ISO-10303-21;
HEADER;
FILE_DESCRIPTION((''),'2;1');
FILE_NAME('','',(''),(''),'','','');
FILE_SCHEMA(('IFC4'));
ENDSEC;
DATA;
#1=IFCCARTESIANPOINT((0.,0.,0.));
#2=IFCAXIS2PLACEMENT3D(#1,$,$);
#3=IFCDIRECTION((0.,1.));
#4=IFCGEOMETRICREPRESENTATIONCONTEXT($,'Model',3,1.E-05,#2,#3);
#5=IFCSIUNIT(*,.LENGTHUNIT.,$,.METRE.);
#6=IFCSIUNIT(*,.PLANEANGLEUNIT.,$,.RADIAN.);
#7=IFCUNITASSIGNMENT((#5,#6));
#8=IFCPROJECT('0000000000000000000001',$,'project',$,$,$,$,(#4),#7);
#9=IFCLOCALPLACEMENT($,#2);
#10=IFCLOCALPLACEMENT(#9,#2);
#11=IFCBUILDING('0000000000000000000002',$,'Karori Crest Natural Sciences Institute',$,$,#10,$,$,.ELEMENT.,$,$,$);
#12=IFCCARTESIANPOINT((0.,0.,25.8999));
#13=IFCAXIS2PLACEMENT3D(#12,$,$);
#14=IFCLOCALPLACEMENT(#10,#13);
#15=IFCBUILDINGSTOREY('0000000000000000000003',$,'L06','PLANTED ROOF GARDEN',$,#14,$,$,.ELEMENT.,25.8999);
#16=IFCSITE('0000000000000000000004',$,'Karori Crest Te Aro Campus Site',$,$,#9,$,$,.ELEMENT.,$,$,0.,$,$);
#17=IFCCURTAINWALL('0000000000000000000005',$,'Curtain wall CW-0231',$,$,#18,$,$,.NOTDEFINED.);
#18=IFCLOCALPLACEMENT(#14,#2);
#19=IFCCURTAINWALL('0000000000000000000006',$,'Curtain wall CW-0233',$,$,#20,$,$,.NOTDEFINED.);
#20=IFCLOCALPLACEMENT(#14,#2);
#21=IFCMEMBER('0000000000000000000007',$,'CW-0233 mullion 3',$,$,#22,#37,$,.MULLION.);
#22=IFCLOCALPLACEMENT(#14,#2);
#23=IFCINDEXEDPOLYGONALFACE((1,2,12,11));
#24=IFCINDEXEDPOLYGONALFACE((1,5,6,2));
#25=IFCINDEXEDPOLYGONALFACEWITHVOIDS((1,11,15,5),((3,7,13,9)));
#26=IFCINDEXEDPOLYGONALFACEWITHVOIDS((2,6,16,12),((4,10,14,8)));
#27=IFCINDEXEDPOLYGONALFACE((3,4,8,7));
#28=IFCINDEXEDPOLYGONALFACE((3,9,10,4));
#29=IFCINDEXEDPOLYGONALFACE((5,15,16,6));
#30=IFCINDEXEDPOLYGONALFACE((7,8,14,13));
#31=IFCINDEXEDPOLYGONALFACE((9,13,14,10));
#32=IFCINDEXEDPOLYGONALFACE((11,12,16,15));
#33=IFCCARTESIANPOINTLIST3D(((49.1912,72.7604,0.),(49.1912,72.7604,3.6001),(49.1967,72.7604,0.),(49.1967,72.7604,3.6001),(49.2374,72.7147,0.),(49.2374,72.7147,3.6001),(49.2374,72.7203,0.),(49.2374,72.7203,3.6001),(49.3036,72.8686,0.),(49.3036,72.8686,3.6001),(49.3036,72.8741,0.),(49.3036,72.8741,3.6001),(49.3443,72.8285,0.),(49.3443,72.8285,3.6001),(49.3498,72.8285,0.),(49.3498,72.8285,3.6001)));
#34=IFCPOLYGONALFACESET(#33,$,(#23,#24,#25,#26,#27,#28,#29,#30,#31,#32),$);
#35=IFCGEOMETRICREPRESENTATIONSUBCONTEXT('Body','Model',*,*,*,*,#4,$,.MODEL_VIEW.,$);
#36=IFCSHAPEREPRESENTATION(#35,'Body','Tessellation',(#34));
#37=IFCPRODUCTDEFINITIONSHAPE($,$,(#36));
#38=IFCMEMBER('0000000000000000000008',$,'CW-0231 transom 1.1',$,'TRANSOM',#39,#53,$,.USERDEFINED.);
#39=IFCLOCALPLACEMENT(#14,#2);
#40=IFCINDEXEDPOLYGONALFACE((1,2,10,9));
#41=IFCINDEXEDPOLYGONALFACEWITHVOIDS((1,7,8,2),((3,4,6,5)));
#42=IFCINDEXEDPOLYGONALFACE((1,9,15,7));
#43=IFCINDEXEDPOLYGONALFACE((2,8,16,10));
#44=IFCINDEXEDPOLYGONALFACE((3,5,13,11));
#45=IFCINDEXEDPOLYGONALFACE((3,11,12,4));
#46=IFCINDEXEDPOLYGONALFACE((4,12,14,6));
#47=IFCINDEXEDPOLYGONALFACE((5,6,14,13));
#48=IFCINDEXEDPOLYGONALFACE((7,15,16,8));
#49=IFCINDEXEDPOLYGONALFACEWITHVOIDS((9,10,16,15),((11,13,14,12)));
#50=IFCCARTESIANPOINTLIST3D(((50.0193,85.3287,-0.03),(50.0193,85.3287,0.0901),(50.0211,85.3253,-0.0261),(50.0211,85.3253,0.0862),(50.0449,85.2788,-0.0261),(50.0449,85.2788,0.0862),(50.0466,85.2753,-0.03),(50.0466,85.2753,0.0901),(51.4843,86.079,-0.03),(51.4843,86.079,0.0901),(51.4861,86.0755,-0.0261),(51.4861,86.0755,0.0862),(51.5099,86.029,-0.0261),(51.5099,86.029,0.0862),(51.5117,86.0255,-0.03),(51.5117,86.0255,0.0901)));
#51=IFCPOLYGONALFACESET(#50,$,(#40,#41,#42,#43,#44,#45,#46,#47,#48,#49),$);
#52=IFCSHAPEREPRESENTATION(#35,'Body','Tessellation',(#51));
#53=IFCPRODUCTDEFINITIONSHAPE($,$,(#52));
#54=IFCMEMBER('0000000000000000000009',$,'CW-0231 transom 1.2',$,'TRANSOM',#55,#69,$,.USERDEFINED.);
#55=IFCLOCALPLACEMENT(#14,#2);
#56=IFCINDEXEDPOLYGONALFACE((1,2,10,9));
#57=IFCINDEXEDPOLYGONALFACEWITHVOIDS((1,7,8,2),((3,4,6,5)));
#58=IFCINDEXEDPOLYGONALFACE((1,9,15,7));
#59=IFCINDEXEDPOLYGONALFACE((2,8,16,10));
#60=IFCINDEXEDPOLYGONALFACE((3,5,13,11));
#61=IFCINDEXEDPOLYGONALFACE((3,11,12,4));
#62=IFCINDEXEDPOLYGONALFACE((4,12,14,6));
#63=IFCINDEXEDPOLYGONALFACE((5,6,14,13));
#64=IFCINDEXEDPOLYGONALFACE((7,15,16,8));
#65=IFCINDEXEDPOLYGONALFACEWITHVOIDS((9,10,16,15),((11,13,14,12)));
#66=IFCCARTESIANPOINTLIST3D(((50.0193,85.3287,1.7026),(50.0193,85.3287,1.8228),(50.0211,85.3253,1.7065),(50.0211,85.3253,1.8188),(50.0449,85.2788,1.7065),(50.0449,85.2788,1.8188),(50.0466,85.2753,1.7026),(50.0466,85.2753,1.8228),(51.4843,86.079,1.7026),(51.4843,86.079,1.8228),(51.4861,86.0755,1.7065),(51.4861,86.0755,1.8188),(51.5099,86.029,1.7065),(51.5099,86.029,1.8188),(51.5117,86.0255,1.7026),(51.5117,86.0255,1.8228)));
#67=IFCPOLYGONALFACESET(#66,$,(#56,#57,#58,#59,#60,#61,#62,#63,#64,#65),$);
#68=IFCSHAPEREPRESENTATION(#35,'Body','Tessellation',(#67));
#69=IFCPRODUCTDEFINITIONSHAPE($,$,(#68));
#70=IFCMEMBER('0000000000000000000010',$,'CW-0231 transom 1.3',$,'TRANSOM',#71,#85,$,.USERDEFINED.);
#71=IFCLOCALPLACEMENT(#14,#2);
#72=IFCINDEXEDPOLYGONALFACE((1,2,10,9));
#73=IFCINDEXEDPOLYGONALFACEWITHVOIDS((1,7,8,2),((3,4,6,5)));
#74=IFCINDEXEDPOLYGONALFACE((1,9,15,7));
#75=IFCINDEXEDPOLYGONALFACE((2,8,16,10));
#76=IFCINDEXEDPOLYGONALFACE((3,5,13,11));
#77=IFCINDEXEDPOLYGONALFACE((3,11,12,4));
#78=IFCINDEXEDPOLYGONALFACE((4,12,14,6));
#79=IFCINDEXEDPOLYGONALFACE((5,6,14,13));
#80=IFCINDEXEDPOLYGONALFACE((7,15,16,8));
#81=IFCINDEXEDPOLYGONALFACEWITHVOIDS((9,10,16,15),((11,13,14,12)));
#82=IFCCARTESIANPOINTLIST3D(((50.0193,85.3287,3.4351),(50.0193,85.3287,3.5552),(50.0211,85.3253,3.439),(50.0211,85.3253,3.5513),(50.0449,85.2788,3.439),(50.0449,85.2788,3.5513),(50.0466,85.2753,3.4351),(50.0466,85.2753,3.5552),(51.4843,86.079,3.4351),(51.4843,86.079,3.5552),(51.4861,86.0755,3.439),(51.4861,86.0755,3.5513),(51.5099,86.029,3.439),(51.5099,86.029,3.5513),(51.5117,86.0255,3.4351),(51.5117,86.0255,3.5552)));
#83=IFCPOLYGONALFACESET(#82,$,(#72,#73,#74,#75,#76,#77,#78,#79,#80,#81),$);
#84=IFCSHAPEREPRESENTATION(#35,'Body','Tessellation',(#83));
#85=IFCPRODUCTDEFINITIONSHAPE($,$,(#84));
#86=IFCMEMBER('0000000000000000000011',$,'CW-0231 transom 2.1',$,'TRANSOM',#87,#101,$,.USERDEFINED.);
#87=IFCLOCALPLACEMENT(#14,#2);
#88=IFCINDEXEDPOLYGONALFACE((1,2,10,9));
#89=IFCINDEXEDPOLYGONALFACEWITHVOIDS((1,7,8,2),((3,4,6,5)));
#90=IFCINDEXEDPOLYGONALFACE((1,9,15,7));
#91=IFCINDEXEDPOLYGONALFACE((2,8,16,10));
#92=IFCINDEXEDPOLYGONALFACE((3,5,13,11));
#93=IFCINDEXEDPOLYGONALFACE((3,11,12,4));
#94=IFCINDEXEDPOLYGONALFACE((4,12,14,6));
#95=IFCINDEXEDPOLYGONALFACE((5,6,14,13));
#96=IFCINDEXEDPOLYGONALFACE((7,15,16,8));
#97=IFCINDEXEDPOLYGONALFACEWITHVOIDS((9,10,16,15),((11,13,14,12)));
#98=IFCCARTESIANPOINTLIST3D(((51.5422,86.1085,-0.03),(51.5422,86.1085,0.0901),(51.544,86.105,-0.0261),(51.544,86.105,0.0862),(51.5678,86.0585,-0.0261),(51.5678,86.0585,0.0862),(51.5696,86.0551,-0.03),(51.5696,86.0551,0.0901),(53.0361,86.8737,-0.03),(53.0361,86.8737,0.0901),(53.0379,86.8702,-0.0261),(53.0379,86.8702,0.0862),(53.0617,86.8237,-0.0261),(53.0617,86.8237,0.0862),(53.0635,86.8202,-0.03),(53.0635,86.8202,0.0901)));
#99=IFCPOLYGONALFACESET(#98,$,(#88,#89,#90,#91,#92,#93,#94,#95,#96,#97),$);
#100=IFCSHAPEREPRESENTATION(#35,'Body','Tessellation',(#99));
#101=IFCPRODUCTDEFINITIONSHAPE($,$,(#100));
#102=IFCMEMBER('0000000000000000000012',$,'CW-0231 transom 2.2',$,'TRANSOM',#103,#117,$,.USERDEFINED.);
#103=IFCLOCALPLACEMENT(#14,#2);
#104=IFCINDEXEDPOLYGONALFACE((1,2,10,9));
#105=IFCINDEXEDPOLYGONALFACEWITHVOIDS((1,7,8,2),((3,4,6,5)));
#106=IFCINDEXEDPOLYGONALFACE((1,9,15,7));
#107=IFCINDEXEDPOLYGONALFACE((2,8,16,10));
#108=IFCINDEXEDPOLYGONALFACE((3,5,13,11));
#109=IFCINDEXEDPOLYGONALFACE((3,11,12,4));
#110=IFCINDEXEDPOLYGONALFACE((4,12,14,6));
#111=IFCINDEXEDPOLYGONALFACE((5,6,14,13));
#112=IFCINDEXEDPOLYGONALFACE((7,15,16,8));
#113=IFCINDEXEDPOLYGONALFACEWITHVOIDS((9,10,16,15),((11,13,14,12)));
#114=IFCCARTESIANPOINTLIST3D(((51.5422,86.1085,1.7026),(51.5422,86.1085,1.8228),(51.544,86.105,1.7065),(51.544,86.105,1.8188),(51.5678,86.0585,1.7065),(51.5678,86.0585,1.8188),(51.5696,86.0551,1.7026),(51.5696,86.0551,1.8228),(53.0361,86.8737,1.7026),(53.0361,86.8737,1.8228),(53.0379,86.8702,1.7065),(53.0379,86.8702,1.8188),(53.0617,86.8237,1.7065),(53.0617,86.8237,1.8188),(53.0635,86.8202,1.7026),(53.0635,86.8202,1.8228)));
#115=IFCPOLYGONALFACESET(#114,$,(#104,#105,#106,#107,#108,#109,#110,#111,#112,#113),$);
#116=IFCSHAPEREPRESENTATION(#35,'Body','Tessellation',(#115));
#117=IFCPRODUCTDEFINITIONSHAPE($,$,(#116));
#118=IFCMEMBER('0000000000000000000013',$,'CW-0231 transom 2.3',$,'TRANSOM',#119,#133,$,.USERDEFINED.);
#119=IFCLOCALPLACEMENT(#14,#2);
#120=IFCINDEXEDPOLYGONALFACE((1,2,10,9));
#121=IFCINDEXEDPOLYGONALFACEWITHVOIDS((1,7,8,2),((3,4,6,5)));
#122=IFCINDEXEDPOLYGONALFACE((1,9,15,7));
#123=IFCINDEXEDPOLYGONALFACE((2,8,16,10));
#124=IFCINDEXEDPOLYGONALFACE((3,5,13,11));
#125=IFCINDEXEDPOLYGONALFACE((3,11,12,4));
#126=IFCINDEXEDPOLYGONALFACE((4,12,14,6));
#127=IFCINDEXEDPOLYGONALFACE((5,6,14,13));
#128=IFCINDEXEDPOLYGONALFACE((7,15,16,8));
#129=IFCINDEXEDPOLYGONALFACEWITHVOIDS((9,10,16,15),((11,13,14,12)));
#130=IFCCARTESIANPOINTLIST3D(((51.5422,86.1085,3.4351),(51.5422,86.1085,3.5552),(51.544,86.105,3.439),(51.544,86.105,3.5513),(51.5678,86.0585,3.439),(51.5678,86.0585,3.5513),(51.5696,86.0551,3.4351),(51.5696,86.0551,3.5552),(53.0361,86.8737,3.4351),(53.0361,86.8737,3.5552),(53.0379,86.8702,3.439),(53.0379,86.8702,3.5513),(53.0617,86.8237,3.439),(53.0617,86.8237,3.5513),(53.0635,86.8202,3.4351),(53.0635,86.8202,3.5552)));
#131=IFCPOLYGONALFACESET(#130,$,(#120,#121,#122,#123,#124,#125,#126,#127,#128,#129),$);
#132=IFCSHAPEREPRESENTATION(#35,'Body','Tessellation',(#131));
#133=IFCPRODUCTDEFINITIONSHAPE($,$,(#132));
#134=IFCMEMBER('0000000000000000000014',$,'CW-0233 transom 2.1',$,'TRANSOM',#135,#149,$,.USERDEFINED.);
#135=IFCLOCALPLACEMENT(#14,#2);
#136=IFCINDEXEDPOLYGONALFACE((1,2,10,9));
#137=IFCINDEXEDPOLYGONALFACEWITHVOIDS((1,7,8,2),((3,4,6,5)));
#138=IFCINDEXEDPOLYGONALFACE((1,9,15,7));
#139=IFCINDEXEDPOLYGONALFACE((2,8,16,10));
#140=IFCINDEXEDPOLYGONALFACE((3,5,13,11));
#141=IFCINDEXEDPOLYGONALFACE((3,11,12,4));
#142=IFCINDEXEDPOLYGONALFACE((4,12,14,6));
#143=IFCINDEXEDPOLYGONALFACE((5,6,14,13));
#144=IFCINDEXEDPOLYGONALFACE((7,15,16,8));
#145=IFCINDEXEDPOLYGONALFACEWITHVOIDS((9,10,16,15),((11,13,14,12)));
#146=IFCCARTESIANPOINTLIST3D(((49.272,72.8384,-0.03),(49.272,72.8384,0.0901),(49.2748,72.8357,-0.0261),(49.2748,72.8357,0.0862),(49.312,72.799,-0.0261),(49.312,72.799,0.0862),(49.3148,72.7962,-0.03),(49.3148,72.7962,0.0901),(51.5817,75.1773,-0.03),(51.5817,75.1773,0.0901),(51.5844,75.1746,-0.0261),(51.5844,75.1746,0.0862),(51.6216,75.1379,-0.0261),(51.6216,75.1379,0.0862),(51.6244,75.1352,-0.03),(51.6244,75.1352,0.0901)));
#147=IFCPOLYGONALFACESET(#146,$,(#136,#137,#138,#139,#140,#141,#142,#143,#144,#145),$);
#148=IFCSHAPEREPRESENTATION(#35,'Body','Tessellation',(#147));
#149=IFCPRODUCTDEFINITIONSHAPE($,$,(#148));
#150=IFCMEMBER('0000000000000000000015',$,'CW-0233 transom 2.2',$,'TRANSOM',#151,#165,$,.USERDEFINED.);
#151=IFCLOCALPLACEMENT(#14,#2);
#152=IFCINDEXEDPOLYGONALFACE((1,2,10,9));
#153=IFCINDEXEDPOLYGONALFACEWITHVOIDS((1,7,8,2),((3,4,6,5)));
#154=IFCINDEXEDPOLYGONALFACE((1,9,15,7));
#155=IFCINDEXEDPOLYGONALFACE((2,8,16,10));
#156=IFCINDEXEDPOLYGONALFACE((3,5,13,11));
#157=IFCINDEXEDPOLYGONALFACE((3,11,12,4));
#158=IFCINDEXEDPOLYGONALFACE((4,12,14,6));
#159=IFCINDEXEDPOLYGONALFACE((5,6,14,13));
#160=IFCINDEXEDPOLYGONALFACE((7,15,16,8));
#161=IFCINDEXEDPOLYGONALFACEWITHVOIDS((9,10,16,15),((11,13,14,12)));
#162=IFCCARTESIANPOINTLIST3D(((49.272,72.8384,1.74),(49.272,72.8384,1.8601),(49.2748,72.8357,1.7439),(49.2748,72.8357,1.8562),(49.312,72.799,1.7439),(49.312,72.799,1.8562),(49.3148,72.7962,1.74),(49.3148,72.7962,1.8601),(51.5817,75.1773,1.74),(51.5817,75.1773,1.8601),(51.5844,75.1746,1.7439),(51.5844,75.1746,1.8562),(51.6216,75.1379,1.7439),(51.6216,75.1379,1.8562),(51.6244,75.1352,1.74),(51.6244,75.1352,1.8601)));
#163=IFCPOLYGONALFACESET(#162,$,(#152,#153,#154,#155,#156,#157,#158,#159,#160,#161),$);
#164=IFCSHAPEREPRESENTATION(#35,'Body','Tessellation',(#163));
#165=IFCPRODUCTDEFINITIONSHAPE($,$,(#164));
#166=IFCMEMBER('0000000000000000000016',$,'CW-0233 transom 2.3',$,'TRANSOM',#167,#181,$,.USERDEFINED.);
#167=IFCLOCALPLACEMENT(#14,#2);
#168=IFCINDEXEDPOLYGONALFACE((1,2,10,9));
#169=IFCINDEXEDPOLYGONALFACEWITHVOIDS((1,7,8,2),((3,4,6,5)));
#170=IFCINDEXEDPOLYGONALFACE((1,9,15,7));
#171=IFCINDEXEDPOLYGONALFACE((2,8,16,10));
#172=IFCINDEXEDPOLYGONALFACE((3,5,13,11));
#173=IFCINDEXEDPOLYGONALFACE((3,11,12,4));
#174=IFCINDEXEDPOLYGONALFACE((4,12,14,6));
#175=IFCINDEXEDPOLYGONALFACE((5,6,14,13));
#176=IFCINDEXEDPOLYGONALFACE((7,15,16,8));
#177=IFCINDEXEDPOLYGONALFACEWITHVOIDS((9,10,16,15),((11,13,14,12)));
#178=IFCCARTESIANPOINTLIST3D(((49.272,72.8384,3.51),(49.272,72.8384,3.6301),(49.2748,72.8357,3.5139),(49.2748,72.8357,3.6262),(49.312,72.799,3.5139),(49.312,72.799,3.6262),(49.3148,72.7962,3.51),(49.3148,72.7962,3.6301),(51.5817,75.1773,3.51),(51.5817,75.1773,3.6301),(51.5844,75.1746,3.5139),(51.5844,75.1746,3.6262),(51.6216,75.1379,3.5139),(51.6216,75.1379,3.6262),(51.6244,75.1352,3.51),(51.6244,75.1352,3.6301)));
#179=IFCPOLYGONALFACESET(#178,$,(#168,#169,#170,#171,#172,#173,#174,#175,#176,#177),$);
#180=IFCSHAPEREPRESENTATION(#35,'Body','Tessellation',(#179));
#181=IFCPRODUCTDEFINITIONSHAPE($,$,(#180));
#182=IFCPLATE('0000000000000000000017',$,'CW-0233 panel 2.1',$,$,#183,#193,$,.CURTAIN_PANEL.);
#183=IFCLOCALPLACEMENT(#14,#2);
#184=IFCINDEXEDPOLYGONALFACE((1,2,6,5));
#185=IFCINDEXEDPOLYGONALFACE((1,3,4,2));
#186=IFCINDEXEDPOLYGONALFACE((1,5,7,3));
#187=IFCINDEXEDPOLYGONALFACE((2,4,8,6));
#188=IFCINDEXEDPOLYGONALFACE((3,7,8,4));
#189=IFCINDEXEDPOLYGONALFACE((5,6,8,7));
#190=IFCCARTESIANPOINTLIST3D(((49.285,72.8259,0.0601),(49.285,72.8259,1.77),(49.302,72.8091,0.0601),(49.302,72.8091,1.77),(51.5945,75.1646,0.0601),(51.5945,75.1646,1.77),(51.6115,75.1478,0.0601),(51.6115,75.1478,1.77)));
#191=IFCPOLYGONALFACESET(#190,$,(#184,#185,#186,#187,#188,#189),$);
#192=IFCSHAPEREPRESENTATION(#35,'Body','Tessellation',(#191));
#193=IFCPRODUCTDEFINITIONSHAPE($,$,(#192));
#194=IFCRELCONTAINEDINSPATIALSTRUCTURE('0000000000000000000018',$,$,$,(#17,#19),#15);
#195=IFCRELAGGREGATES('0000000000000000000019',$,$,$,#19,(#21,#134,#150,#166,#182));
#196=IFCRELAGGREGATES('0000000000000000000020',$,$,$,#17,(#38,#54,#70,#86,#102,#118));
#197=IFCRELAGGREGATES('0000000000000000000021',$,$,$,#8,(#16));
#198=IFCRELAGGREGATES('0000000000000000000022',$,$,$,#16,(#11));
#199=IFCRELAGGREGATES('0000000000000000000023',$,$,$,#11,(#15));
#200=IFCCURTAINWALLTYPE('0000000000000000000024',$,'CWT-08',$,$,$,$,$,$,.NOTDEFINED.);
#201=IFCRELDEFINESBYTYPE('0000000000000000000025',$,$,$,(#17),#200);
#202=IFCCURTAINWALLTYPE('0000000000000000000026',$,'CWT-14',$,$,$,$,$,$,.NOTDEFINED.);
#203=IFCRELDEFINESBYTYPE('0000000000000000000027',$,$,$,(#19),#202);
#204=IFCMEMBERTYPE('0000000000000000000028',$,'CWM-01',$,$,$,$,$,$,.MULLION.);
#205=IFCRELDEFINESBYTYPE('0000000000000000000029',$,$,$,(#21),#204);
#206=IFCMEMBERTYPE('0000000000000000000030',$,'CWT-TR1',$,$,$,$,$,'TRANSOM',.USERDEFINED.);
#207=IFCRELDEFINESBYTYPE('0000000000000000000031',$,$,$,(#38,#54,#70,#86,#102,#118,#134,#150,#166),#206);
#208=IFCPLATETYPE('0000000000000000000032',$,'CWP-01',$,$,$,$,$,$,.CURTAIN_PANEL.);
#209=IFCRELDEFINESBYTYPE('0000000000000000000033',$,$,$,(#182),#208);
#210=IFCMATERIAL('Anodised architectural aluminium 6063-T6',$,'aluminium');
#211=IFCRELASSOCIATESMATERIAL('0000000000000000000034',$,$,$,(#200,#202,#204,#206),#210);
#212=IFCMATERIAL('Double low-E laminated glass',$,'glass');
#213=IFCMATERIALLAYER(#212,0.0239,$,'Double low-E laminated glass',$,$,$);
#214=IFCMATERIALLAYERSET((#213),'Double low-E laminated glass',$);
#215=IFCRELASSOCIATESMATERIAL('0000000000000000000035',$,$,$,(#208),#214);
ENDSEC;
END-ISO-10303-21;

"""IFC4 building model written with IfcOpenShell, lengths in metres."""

from ifc_helpers import new_model, si_unit, direction, frame, origin, origin_2d, place, context, subcontext, project, spatial, rectangle, hollow_rectangle, extrude, material, layer, layer_set, material_profile, profile_set, type_object, element, aggregate, save


model = new_model("IFC4")

# Units and contexts
model_context = context("Model", 3, precision=1e-05, world=origin(), true_north=direction((0.0, 1.0)))
body_context = subcontext(model_context, "Body", "Model", "MODEL_VIEW")
ifc_project = project(units=[si_unit("LENGTHUNIT", "METRE"), si_unit("PLANEANGLEUNIT", "RADIAN")], contexts=[model_context])

# Site, building, storey
site_placement = place(None, origin())
site = spatial("IfcSite", under=ifc_project, at=site_placement, Name="Karori Crest Te Aro Campus Site", CompositionType="ELEMENT", RefElevation=0.0)
building_placement = place(site_placement, origin())
building = spatial("IfcBuilding", under=site, at=building_placement, Name="Karori Crest Natural Sciences Institute", CompositionType="ELEMENT")
storey_placement = place(building_placement, frame((0.0, 0.0, 25.8999)))
storey = spatial("IfcBuildingStorey", under=building, at=storey_placement, Name="L06", Description="PLANTED ROOF GARDEN", CompositionType="ELEMENT", Elevation=25.8999)

# Curtain wall
ifc_material_1 = material(Name="Anodised architectural aluminium 6063-T6", Category="aluminium")
curtain_wall_type_1 = type_object("IfcCurtainWallType", Name="CWT-08", PredefinedType="NOTDEFINED", material=ifc_material_1)
curtain_wall_1_placement = place(storey_placement, origin())
curtain_wall_1 = element("IfcCurtainWall", 1, at=curtain_wall_1_placement, inside=storey, type_object=curtain_wall_type_1, Name="Curtain wall CW-0231", PredefinedType="NOTDEFINED")
ifc_material_profile_1 = material_profile(ifc_material_1, hollow_rectangle(XDim=0.0649, YDim=0.1599, WallThickness=0.0039, at=origin_2d()), Name="CWM160x65x4")
ifc_profile_set_1 = profile_set([ifc_material_profile_1], Name="Anodised architectural aluminium 6063-T6")
member_type_1 = type_object("IfcMemberType", Name="CWM-01", PredefinedType="MULLION", material=ifc_profile_set_1)

# Curtain wall, member
curtain_wall_type_2 = type_object("IfcCurtainWallType", Name="CWT-14", PredefinedType="NOTDEFINED", material=ifc_material_1)
curtain_wall_2_placement = place(storey_placement, origin())
curtain_wall_2 = element("IfcCurtainWall", 2, at=curtain_wall_2_placement, inside=storey, type_object=curtain_wall_type_2, Name="Curtain wall CW-0233", PredefinedType="NOTDEFINED")
member_1_placement = place(storey_placement, frame((49.2705, 72.7944, 0.0), z_axis=(0.0, 0.0, 1.0), x_axis=(0.711525, -0.702661, 0.0)))
member_1 = element("IfcMember", 3, at=member_1_placement, type_object=member_type_1, Name="CW-0233 mullion 3", PredefinedType="MULLION", context=body_context, shape_type="SweptSolid", body=[
    extrude(hollow_rectangle(XDim=0.0649, YDim=0.1599, WallThickness=0.0039, at=origin_2d()), origin(), (0.0, 0.0, 1.0), 3.6001),
])

# Members
ifc_material_profile_2 = material_profile(ifc_material_1, hollow_rectangle(XDim=0.0601, YDim=0.1201, WallThickness=0.0039, at=origin_2d()), Name="CWT120x60x4")
ifc_profile_set_2 = profile_set([ifc_material_profile_2], Name="Anodised architectural aluminium 6063-T6")
member_type_2 = type_object("IfcMemberType", Name="CWT-TR1", ElementType="TRANSOM", PredefinedType="USERDEFINED", material=ifc_profile_set_2)
member_2_placement = place(storey_placement, frame((50.033, 85.302, 0.03), z_axis=(0.890084, 0.455796, 0.0), x_axis=(-0.455796, 0.890084, 0.0)))
member_2 = element("IfcMember", 4, at=member_2_placement, type_object=member_type_2, Name="CW-0231 transom 1.1", ObjectType="TRANSOM", PredefinedType="USERDEFINED", context=body_context, shape_type="SweptSolid", body=[
    extrude(hollow_rectangle(XDim=0.0601, YDim=0.1201, WallThickness=0.0039, at=origin_2d()), origin(), (0.0, 0.0, 1.0), 1.646),
])
member_3_placement = place(storey_placement, frame((50.033, 85.302, 1.7627), z_axis=(0.890084, 0.455796, 0.0), x_axis=(-0.455796, 0.890084, 0.0)))
member_3 = element("IfcMember", 5, at=member_3_placement, type_object=member_type_2, Name="CW-0231 transom 1.2", ObjectType="TRANSOM", PredefinedType="USERDEFINED", context=body_context, shape_type="SweptSolid", body=[
    extrude(hollow_rectangle(XDim=0.0601, YDim=0.1201, WallThickness=0.0039, at=origin_2d()), origin(), (0.0, 0.0, 1.0), 1.646),
])
member_4_placement = place(storey_placement, frame((50.033, 85.302, 3.4951), z_axis=(0.890084, 0.455796, 0.0), x_axis=(-0.455796, 0.890084, 0.0)))
member_4 = element("IfcMember", 6, at=member_4_placement, type_object=member_type_2, Name="CW-0231 transom 1.3", ObjectType="TRANSOM", PredefinedType="USERDEFINED", context=body_context, shape_type="SweptSolid", body=[
    extrude(hollow_rectangle(XDim=0.0601, YDim=0.1201, WallThickness=0.0039, at=origin_2d()), origin(), (0.0, 0.0, 1.0), 1.646),
])
member_5_placement = place(storey_placement, frame((51.5559, 86.0818, 0.03), z_axis=(0.890051, 0.455862, 0.0), x_axis=(-0.455862, 0.890051, 0.0)))
member_5 = element("IfcMember", 7, at=member_5_placement, type_object=member_type_2, Name="CW-0231 transom 2.1", ObjectType="TRANSOM", PredefinedType="USERDEFINED", context=body_context, shape_type="SweptSolid", body=[
    extrude(hollow_rectangle(XDim=0.0601, YDim=0.1201, WallThickness=0.0039, at=origin_2d()), origin(), (0.0, 0.0, 1.0), 1.6785),
])
member_6_placement = place(storey_placement, frame((51.5559, 86.0818, 1.7627), z_axis=(0.890051, 0.455862, 0.0), x_axis=(-0.455862, 0.890051, 0.0)))
member_6 = element("IfcMember", 8, at=member_6_placement, type_object=member_type_2, Name="CW-0231 transom 2.2", ObjectType="TRANSOM", PredefinedType="USERDEFINED", context=body_context, shape_type="SweptSolid", body=[
    extrude(hollow_rectangle(XDim=0.0601, YDim=0.1201, WallThickness=0.0039, at=origin_2d()), origin(), (0.0, 0.0, 1.0), 1.6785),
])
member_7_placement = place(storey_placement, frame((51.5559, 86.0818, 3.4951), z_axis=(0.890051, 0.455862, 0.0), x_axis=(-0.455862, 0.890051, 0.0)))
member_7 = element("IfcMember", 9, at=member_7_placement, type_object=member_type_2, Name="CW-0231 transom 2.3", ObjectType="TRANSOM", PredefinedType="USERDEFINED", context=body_context, shape_type="SweptSolid", body=[
    extrude(hollow_rectangle(XDim=0.0601, YDim=0.1201, WallThickness=0.0039, at=origin_2d()), origin(), (0.0, 0.0, 1.0), 1.6785),
])
member_8_placement = place(storey_placement, frame((51.603, 75.1562, 0.03), z_axis=(-0.702636, -0.711549, 0.0), x_axis=(0.711549, -0.702636, 0.0)))
member_8 = element("IfcMember", 10, at=member_8_placement, type_object=member_type_2, Name="CW-0233 transom 2.1", ObjectType="TRANSOM", PredefinedType="USERDEFINED", context=body_context, shape_type="SweptSolid", body=[
    extrude(hollow_rectangle(XDim=0.0601, YDim=0.1201, WallThickness=0.0039, at=origin_2d()), origin(), (0.0, 0.0, 1.0), 3.2871),
])
member_9_placement = place(storey_placement, frame((51.603, 75.1562, 1.8), z_axis=(-0.702636, -0.711549, 0.0), x_axis=(0.711549, -0.702636, 0.0)))
member_9 = element("IfcMember", 11, at=member_9_placement, type_object=member_type_2, Name="CW-0233 transom 2.2", ObjectType="TRANSOM", PredefinedType="USERDEFINED", context=body_context, shape_type="SweptSolid", body=[
    extrude(hollow_rectangle(XDim=0.0601, YDim=0.1201, WallThickness=0.0039, at=origin_2d()), origin(), (0.0, 0.0, 1.0), 3.2871),
])
member_10_placement = place(storey_placement, frame((51.603, 75.1562, 3.5701), z_axis=(-0.702636, -0.711549, 0.0), x_axis=(0.711549, -0.702636, 0.0)))
member_10 = element("IfcMember", 12, at=member_10_placement, type_object=member_type_2, Name="CW-0233 transom 2.3", ObjectType="TRANSOM", PredefinedType="USERDEFINED", context=body_context, shape_type="SweptSolid", body=[
    extrude(hollow_rectangle(XDim=0.0601, YDim=0.1201, WallThickness=0.0039, at=origin_2d()), origin(), (0.0, 0.0, 1.0), 3.2871),
])

# Plate
ifc_material_2 = material(Name="Double low-E laminated glass", Category="glass")
ifc_layer_1 = layer(ifc_material_2, 0.0239, Name="Double low-E laminated glass")
ifc_layer_set_1 = layer_set([ifc_layer_1], Name="Double low-E laminated glass")
plate_type_1 = type_object("IfcPlateType", Name="CWP-01", PredefinedType="CURTAIN_PANEL", material=ifc_layer_set_1)
plate_1_placement = place(storey_placement, frame((50.4482, 73.9868, 0.0601), z_axis=(0.0, 0.0, 1.0), x_axis=(-0.702661, -0.711525, 0.0)))
plate_1 = element("IfcPlate", 13, at=plate_1_placement, type_object=plate_type_1, Name="CW-0233 panel 2.1", PredefinedType="CURTAIN_PANEL", context=body_context, shape_type="SweptSolid", body=[
    extrude(rectangle(XDim=3.2869, YDim=0.0239, at=origin_2d()), origin(), (0.0, 0.0, 1.0), 1.71),
])
aggregate(curtain_wall_2, [member_1, member_8, member_9, member_10, plate_1])
aggregate(curtain_wall_1, [member_2, member_3, member_4, member_5, member_6, member_7])

save(model, "model.ifc")
